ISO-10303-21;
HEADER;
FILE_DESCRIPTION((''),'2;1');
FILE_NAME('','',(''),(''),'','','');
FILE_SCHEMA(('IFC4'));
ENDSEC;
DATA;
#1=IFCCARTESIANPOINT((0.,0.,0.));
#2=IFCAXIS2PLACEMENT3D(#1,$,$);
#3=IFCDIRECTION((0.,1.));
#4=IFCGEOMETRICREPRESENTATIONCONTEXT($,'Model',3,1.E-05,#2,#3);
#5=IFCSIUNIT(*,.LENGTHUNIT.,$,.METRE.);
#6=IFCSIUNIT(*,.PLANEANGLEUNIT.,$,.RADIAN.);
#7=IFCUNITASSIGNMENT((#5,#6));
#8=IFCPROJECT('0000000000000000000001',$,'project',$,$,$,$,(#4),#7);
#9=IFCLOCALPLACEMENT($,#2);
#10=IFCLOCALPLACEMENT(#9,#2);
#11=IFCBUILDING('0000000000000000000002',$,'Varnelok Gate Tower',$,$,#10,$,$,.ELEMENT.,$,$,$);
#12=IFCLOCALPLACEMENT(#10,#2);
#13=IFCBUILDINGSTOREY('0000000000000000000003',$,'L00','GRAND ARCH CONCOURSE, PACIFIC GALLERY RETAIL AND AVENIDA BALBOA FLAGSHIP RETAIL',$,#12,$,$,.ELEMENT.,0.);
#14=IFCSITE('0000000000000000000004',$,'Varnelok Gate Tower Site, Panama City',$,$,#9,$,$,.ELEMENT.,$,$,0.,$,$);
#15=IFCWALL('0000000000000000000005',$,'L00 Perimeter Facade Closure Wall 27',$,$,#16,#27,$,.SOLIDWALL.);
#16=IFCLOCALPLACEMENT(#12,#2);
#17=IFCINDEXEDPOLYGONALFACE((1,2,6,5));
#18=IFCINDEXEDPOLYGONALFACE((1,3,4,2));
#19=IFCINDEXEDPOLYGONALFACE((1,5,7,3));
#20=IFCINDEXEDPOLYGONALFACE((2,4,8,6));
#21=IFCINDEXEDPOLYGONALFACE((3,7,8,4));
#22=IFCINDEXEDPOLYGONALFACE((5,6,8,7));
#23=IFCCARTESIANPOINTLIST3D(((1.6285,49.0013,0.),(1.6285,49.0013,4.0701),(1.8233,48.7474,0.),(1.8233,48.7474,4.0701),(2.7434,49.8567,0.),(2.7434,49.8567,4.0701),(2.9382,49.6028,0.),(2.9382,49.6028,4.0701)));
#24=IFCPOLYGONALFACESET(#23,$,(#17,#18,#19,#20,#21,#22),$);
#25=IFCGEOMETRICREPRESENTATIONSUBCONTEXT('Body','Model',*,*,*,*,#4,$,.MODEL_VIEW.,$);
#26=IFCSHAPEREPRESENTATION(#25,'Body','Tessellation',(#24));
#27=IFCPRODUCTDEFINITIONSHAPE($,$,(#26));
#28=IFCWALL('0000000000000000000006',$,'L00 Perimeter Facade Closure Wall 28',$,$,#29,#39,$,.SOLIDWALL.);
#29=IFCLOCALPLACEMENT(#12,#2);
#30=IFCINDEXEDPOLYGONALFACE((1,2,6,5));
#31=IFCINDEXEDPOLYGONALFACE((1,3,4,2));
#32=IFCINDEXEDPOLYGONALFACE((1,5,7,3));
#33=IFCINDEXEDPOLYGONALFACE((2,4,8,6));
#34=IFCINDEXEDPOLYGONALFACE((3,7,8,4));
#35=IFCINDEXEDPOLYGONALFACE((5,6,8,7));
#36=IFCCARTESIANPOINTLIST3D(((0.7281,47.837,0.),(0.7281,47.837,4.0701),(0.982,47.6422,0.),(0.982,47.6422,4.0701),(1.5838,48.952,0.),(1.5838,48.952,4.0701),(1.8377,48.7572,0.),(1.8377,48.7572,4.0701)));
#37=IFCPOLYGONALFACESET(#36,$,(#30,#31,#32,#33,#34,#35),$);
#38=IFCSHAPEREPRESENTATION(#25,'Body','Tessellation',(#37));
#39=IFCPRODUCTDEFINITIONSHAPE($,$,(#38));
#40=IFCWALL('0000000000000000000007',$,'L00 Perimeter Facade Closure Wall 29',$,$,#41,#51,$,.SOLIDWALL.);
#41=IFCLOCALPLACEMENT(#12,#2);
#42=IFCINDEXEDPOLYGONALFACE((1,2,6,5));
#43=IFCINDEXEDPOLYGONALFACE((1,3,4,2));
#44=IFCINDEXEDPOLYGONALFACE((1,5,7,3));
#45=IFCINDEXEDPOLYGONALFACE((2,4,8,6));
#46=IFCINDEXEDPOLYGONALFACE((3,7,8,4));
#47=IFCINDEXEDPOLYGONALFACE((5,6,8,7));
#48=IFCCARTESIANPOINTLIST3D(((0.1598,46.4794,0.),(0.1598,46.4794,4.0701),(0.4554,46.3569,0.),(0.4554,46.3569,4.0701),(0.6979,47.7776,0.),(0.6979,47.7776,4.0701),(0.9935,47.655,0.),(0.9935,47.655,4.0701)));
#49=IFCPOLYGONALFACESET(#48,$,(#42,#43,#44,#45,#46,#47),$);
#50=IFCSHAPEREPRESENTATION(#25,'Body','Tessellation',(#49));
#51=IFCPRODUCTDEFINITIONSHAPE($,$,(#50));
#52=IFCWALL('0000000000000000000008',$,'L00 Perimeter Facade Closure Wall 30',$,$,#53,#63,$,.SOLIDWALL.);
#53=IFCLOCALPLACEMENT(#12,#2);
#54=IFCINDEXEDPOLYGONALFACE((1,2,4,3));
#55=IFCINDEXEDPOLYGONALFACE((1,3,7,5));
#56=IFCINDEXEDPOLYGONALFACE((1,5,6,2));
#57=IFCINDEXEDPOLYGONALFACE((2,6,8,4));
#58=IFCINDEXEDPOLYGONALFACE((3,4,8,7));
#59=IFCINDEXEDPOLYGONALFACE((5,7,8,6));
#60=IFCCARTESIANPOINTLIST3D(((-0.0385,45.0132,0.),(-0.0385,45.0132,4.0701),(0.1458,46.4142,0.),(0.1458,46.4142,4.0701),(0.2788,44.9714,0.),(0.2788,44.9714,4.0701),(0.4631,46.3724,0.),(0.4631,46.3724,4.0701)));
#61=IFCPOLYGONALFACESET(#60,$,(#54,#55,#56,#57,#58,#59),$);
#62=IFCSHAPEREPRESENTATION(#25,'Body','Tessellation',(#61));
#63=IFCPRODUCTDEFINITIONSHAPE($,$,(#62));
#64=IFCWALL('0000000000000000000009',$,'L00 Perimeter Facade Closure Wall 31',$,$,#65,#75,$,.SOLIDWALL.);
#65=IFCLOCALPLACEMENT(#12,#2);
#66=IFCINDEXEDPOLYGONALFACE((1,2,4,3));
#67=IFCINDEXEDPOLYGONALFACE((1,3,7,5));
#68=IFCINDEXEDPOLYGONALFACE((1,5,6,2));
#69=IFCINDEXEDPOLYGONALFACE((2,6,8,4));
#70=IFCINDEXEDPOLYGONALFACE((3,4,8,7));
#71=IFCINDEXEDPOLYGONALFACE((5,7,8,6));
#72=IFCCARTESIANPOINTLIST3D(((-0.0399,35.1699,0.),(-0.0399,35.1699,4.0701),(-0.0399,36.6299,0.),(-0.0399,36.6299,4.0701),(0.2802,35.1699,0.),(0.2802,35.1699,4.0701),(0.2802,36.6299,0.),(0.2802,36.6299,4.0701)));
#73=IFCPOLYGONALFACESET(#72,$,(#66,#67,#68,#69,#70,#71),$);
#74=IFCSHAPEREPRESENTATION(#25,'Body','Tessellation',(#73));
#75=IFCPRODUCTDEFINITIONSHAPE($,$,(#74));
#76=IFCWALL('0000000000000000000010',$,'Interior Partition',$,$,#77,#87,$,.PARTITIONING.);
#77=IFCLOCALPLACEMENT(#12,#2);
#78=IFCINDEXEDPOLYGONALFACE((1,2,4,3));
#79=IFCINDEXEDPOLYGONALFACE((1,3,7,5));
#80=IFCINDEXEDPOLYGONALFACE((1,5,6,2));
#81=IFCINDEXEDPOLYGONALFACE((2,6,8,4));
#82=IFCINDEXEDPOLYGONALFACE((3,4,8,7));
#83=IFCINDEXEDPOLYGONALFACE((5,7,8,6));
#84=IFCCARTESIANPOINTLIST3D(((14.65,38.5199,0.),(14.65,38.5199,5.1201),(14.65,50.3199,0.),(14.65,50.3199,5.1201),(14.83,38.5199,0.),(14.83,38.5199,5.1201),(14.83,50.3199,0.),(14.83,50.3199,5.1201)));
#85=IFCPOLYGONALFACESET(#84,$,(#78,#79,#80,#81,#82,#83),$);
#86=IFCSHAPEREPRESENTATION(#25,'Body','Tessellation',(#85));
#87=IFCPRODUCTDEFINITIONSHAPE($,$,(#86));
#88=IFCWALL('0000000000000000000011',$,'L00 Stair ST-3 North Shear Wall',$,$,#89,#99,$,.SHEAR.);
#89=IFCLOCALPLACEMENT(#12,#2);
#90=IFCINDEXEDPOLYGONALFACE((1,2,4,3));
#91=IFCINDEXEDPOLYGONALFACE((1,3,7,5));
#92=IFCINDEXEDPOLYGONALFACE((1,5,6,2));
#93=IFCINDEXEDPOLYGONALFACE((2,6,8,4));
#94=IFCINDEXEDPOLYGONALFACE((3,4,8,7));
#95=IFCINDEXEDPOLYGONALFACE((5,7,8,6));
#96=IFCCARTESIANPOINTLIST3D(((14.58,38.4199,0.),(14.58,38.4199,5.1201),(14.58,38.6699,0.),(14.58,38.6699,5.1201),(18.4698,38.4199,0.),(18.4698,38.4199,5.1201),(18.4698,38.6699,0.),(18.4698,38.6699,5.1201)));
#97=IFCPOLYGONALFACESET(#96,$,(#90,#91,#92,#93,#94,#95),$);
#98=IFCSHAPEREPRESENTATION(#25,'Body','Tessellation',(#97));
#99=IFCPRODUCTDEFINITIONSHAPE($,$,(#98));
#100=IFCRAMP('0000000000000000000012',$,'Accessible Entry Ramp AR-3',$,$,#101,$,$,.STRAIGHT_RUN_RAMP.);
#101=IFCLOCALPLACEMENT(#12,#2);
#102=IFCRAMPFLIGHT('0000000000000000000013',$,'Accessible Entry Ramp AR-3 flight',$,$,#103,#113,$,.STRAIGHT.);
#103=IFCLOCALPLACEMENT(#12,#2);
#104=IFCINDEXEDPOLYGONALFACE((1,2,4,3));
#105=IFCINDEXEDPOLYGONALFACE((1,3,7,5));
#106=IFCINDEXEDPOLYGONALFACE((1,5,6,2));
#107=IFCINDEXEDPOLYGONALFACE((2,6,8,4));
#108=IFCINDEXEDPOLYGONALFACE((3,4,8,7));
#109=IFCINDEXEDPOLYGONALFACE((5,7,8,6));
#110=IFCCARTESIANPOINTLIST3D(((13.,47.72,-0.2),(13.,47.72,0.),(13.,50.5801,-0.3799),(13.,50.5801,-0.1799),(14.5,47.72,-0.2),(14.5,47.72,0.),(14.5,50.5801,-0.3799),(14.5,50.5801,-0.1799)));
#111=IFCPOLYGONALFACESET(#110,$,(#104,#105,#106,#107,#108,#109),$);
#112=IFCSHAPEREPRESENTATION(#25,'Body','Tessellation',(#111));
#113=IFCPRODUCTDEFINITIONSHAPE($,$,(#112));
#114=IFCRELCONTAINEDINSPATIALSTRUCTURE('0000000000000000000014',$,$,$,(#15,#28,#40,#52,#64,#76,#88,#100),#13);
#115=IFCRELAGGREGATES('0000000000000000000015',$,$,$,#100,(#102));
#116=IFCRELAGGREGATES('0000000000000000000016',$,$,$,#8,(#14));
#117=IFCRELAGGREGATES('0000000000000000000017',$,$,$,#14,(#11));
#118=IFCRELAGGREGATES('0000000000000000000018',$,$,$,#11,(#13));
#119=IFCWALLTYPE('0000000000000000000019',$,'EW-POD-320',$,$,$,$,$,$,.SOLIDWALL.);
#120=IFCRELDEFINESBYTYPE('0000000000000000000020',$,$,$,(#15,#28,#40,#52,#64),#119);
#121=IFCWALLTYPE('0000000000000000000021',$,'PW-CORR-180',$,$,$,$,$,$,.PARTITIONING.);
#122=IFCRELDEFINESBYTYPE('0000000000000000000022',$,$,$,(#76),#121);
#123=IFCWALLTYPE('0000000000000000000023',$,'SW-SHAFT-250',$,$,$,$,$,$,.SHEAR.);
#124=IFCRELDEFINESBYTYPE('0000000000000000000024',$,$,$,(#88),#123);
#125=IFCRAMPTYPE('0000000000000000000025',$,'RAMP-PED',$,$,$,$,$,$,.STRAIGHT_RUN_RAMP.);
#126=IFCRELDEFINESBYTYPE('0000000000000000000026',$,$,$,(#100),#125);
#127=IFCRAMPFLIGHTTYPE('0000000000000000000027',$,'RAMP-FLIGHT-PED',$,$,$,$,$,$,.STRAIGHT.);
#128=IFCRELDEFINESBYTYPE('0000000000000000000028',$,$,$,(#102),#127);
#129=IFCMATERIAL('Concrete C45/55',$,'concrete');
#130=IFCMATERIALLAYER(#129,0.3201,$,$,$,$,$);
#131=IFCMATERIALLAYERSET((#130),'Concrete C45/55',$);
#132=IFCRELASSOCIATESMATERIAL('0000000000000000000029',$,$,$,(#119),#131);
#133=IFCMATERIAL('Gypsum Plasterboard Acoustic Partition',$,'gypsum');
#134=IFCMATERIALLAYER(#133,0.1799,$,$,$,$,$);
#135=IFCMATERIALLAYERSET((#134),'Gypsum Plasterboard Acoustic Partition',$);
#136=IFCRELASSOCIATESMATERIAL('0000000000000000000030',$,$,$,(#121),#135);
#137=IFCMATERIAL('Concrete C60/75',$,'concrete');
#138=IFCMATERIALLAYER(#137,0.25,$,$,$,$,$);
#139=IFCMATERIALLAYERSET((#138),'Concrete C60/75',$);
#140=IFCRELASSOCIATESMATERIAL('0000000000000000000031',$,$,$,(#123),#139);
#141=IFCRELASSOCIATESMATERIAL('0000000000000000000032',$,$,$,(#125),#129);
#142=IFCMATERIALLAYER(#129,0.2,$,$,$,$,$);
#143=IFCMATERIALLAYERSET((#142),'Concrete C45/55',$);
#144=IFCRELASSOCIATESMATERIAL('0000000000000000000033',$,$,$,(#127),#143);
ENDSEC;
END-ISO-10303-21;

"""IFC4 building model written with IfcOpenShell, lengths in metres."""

from ifc_helpers import new_model, si_unit, direction, frame, frame_2d, origin, place, context, subcontext, project, spatial, polyline, rectangle, outline, extrude, material, layer, layer_set, type_object, element, aggregate, save


model = new_model("IFC4")

# Units and contexts
model_context = context("Model", 3, precision=1e-05, world=origin(), true_north=direction((0.0, 1.0)))
body_context = subcontext(model_context, "Body", "Model", "MODEL_VIEW")
ifc_project = project(units=[si_unit("LENGTHUNIT", "METRE"), si_unit("PLANEANGLEUNIT", "RADIAN")], contexts=[model_context])

# Site, building, storey
site_placement = place(None, origin())
site = spatial("IfcSite", under=ifc_project, at=site_placement, Name="Varnelok Gate Tower Site, Panama City", CompositionType="ELEMENT", RefElevation=0.0)
building_placement = place(site_placement, origin())
building = spatial("IfcBuilding", under=site, at=building_placement, Name="Varnelok Gate Tower", CompositionType="ELEMENT")
storey_placement = place(building_placement, origin())
storey = spatial("IfcBuildingStorey", under=building, at=storey_placement, Name="L00", Description="GRAND ARCH CONCOURSE, PACIFIC GALLERY RETAIL AND AVENIDA BALBOA FLAGSHIP RETAIL", CompositionType="ELEMENT", Elevation=0.0)

# Shared definitions
ifc_material_1 = material(Name="Concrete C45/55", Category="concrete")
ifc_layer_1 = layer(ifc_material_1, 0.3201)
ifc_layer_set_1 = layer_set([ifc_layer_1], Name="Concrete C45/55")
wall_type_1 = type_object("IfcWallType", Name="EW-POD-320", PredefinedType="SOLIDWALL", material=ifc_layer_set_1)

# Walls
wall_1_placement = place(storey_placement, frame((2.8408, 49.7297, 0.0), z_axis=(0.0, 0.0, 1.0), x_axis=(-0.793385, -0.60872, 0.0)))
element("IfcWall", 1, at=wall_1_placement, inside=storey, type_object=wall_type_1, Name="L00 Perimeter Facade Closure Wall 27", PredefinedType="SOLIDWALL", context=body_context, shape_type="SweptSolid", body=[
    extrude(rectangle(XDim=1.4053, YDim=0.3201, at=frame_2d((0.7026, 0.0))), origin(), (0.0, 0.0, 1.0), 4.0701),
])
wall_2_placement = place(storey_placement, frame((1.7107, 48.8545, 0.0), z_axis=(0.0, 0.0, 1.0), x_axis=(-0.608829, -0.793302, 0.0)))
element("IfcWall", 2, at=wall_2_placement, inside=storey, type_object=wall_type_1, Name="L00 Perimeter Facade Closure Wall 28", PredefinedType="SOLIDWALL", context=body_context, shape_type="SweptSolid", body=[
    extrude(rectangle(XDim=1.4055, YDim=0.3201, at=frame_2d((0.7026, 0.0))), origin(), (0.0, 0.0, 1.0), 4.0701),
])
wall_3_placement = place(storey_placement, frame((0.8457, 47.7163, 0.0), z_axis=(0.0, 0.0, 1.0), x_axis=(-0.382925, -0.92378, 0.0)))
element("IfcWall", 3, at=wall_3_placement, inside=storey, type_object=wall_type_1, Name="L00 Perimeter Facade Closure Wall 29", PredefinedType="SOLIDWALL", context=body_context, shape_type="SweptSolid", body=[
    extrude(rectangle(XDim=1.4053, YDim=0.3201, at=frame_2d((0.7026, 0.0))), origin(), (0.0, 0.0, 1.0), 4.0701),
])
wall_4_placement = place(storey_placement, frame((0.3044, 46.3933, 0.0), z_axis=(0.0, 0.0, 1.0), x_axis=(-0.130432, -0.991457, 0.0)))
element("IfcWall", 4, at=wall_4_placement, inside=storey, type_object=wall_type_1, Name="L00 Perimeter Facade Closure Wall 30", PredefinedType="SOLIDWALL", context=body_context, shape_type="SweptSolid", body=[
    extrude(rectangle(XDim=1.4131, YDim=0.3201, at=frame_2d((0.7065, 0.0))), origin(), (0.0, 0.0, 1.0), 4.0701),
])
wall_5_placement = place(storey_placement, frame((0.1201, 36.6299, 0.0), z_axis=(0.0, 0.0, 1.0), x_axis=(0.0, -1.0, 0.0)))
element("IfcWall", 5, at=wall_5_placement, inside=storey, type_object=wall_type_1, Name="L00 Perimeter Facade Closure Wall 31", PredefinedType="SOLIDWALL", context=body_context, shape_type="SweptSolid", body=[
    extrude(rectangle(XDim=1.46, YDim=0.3201, at=frame_2d((0.73, 0.0))), origin(), (0.0, 0.0, 1.0), 4.0701),
])
ifc_material_2 = material(Name="Gypsum Plasterboard Acoustic Partition", Category="gypsum")
ifc_layer_2 = layer(ifc_material_2, 0.1799)
ifc_layer_set_2 = layer_set([ifc_layer_2], Name="Gypsum Plasterboard Acoustic Partition")
wall_type_2 = type_object("IfcWallType", Name="PW-CORR-180", PredefinedType="PARTITIONING", material=ifc_layer_set_2)
wall_6_placement = place(storey_placement, frame((14.74, 38.52, 0.0), z_axis=(0.0, 0.0, 1.0), x_axis=(0.0, 1.0, 0.0)))
element("IfcWall", 6, at=wall_6_placement, inside=storey, type_object=wall_type_2, Name="Interior Partition", PredefinedType="PARTITIONING", context=body_context, shape_type="SweptSolid", body=[
    extrude(rectangle(XDim=11.8, YDim=0.1799, at=frame_2d((5.8999, 0.0))), origin(), (0.0, 0.0, 1.0), 5.1201),
])
ifc_material_3 = material(Name="Concrete C60/75", Category="concrete")
ifc_layer_3 = layer(ifc_material_3, 0.25)
ifc_layer_set_3 = layer_set([ifc_layer_3], Name="Concrete C60/75")
wall_type_3 = type_object("IfcWallType", Name="SW-SHAFT-250", PredefinedType="SHEAR", material=ifc_layer_set_3)
wall_7_placement = place(storey_placement, frame((14.5801, 38.5449, 0.0), z_axis=(0.0, 0.0, 1.0), x_axis=(1.0, 0.0, 0.0)))
element("IfcWall", 7, at=wall_7_placement, inside=storey, type_object=wall_type_3, Name="L00 Stair ST-3 North Shear Wall", PredefinedType="SHEAR", context=body_context, shape_type="SweptSolid", body=[
    extrude(rectangle(XDim=3.8899, YDim=0.25, at=frame_2d((1.9448, 0.0))), origin(), (0.0, 0.0, 1.0), 5.1201),
])

# Ramp, ramp flight
ramp_type = type_object("IfcRampType", Name="RAMP-PED", PredefinedType="STRAIGHT_RUN_RAMP", material=ifc_material_1)
ramp_placement = place(storey_placement, origin())
ramp = element("IfcRamp", 8, at=ramp_placement, inside=storey, type_object=ramp_type, Name="Accessible Entry Ramp AR-3", PredefinedType="STRAIGHT_RUN_RAMP")
ifc_layer_4 = layer(ifc_material_1, 0.2)
ifc_layer_set_4 = layer_set([ifc_layer_4], Name="Concrete C45/55")
ramp_flight_type = type_object("IfcRampFlightType", Name="RAMP-FLIGHT-PED", PredefinedType="STRAIGHT", material=ifc_layer_set_4)
ramp_flight_placement = place(storey_placement, frame((13.75, 47.72, 0.0), z_axis=(0.0, 0.0, 1.0), x_axis=(0.0, 1.0, 0.0)))
ramp_flight = element("IfcRampFlight", 9, at=ramp_flight_placement, type_object=ramp_flight_type, Name="Accessible Entry Ramp AR-3 flight", PredefinedType="STRAIGHT", context=body_context, shape_type="SweptSolid", body=[
    extrude(outline(polyline([(0.0, 0.0), (2.8601, -0.1799), (2.8601, -0.3799), (0.0, -0.2), (0.0, 0.0)])), frame((0.0, 0.75, 0.0), z_axis=(0.0, -1.0, 0.0), x_axis=(1.0, 0.0, 0.0)), (0.0, 0.0, 1.0), 1.5),
])
aggregate(ramp, [ramp_flight])

save(model, "model.ifc")
